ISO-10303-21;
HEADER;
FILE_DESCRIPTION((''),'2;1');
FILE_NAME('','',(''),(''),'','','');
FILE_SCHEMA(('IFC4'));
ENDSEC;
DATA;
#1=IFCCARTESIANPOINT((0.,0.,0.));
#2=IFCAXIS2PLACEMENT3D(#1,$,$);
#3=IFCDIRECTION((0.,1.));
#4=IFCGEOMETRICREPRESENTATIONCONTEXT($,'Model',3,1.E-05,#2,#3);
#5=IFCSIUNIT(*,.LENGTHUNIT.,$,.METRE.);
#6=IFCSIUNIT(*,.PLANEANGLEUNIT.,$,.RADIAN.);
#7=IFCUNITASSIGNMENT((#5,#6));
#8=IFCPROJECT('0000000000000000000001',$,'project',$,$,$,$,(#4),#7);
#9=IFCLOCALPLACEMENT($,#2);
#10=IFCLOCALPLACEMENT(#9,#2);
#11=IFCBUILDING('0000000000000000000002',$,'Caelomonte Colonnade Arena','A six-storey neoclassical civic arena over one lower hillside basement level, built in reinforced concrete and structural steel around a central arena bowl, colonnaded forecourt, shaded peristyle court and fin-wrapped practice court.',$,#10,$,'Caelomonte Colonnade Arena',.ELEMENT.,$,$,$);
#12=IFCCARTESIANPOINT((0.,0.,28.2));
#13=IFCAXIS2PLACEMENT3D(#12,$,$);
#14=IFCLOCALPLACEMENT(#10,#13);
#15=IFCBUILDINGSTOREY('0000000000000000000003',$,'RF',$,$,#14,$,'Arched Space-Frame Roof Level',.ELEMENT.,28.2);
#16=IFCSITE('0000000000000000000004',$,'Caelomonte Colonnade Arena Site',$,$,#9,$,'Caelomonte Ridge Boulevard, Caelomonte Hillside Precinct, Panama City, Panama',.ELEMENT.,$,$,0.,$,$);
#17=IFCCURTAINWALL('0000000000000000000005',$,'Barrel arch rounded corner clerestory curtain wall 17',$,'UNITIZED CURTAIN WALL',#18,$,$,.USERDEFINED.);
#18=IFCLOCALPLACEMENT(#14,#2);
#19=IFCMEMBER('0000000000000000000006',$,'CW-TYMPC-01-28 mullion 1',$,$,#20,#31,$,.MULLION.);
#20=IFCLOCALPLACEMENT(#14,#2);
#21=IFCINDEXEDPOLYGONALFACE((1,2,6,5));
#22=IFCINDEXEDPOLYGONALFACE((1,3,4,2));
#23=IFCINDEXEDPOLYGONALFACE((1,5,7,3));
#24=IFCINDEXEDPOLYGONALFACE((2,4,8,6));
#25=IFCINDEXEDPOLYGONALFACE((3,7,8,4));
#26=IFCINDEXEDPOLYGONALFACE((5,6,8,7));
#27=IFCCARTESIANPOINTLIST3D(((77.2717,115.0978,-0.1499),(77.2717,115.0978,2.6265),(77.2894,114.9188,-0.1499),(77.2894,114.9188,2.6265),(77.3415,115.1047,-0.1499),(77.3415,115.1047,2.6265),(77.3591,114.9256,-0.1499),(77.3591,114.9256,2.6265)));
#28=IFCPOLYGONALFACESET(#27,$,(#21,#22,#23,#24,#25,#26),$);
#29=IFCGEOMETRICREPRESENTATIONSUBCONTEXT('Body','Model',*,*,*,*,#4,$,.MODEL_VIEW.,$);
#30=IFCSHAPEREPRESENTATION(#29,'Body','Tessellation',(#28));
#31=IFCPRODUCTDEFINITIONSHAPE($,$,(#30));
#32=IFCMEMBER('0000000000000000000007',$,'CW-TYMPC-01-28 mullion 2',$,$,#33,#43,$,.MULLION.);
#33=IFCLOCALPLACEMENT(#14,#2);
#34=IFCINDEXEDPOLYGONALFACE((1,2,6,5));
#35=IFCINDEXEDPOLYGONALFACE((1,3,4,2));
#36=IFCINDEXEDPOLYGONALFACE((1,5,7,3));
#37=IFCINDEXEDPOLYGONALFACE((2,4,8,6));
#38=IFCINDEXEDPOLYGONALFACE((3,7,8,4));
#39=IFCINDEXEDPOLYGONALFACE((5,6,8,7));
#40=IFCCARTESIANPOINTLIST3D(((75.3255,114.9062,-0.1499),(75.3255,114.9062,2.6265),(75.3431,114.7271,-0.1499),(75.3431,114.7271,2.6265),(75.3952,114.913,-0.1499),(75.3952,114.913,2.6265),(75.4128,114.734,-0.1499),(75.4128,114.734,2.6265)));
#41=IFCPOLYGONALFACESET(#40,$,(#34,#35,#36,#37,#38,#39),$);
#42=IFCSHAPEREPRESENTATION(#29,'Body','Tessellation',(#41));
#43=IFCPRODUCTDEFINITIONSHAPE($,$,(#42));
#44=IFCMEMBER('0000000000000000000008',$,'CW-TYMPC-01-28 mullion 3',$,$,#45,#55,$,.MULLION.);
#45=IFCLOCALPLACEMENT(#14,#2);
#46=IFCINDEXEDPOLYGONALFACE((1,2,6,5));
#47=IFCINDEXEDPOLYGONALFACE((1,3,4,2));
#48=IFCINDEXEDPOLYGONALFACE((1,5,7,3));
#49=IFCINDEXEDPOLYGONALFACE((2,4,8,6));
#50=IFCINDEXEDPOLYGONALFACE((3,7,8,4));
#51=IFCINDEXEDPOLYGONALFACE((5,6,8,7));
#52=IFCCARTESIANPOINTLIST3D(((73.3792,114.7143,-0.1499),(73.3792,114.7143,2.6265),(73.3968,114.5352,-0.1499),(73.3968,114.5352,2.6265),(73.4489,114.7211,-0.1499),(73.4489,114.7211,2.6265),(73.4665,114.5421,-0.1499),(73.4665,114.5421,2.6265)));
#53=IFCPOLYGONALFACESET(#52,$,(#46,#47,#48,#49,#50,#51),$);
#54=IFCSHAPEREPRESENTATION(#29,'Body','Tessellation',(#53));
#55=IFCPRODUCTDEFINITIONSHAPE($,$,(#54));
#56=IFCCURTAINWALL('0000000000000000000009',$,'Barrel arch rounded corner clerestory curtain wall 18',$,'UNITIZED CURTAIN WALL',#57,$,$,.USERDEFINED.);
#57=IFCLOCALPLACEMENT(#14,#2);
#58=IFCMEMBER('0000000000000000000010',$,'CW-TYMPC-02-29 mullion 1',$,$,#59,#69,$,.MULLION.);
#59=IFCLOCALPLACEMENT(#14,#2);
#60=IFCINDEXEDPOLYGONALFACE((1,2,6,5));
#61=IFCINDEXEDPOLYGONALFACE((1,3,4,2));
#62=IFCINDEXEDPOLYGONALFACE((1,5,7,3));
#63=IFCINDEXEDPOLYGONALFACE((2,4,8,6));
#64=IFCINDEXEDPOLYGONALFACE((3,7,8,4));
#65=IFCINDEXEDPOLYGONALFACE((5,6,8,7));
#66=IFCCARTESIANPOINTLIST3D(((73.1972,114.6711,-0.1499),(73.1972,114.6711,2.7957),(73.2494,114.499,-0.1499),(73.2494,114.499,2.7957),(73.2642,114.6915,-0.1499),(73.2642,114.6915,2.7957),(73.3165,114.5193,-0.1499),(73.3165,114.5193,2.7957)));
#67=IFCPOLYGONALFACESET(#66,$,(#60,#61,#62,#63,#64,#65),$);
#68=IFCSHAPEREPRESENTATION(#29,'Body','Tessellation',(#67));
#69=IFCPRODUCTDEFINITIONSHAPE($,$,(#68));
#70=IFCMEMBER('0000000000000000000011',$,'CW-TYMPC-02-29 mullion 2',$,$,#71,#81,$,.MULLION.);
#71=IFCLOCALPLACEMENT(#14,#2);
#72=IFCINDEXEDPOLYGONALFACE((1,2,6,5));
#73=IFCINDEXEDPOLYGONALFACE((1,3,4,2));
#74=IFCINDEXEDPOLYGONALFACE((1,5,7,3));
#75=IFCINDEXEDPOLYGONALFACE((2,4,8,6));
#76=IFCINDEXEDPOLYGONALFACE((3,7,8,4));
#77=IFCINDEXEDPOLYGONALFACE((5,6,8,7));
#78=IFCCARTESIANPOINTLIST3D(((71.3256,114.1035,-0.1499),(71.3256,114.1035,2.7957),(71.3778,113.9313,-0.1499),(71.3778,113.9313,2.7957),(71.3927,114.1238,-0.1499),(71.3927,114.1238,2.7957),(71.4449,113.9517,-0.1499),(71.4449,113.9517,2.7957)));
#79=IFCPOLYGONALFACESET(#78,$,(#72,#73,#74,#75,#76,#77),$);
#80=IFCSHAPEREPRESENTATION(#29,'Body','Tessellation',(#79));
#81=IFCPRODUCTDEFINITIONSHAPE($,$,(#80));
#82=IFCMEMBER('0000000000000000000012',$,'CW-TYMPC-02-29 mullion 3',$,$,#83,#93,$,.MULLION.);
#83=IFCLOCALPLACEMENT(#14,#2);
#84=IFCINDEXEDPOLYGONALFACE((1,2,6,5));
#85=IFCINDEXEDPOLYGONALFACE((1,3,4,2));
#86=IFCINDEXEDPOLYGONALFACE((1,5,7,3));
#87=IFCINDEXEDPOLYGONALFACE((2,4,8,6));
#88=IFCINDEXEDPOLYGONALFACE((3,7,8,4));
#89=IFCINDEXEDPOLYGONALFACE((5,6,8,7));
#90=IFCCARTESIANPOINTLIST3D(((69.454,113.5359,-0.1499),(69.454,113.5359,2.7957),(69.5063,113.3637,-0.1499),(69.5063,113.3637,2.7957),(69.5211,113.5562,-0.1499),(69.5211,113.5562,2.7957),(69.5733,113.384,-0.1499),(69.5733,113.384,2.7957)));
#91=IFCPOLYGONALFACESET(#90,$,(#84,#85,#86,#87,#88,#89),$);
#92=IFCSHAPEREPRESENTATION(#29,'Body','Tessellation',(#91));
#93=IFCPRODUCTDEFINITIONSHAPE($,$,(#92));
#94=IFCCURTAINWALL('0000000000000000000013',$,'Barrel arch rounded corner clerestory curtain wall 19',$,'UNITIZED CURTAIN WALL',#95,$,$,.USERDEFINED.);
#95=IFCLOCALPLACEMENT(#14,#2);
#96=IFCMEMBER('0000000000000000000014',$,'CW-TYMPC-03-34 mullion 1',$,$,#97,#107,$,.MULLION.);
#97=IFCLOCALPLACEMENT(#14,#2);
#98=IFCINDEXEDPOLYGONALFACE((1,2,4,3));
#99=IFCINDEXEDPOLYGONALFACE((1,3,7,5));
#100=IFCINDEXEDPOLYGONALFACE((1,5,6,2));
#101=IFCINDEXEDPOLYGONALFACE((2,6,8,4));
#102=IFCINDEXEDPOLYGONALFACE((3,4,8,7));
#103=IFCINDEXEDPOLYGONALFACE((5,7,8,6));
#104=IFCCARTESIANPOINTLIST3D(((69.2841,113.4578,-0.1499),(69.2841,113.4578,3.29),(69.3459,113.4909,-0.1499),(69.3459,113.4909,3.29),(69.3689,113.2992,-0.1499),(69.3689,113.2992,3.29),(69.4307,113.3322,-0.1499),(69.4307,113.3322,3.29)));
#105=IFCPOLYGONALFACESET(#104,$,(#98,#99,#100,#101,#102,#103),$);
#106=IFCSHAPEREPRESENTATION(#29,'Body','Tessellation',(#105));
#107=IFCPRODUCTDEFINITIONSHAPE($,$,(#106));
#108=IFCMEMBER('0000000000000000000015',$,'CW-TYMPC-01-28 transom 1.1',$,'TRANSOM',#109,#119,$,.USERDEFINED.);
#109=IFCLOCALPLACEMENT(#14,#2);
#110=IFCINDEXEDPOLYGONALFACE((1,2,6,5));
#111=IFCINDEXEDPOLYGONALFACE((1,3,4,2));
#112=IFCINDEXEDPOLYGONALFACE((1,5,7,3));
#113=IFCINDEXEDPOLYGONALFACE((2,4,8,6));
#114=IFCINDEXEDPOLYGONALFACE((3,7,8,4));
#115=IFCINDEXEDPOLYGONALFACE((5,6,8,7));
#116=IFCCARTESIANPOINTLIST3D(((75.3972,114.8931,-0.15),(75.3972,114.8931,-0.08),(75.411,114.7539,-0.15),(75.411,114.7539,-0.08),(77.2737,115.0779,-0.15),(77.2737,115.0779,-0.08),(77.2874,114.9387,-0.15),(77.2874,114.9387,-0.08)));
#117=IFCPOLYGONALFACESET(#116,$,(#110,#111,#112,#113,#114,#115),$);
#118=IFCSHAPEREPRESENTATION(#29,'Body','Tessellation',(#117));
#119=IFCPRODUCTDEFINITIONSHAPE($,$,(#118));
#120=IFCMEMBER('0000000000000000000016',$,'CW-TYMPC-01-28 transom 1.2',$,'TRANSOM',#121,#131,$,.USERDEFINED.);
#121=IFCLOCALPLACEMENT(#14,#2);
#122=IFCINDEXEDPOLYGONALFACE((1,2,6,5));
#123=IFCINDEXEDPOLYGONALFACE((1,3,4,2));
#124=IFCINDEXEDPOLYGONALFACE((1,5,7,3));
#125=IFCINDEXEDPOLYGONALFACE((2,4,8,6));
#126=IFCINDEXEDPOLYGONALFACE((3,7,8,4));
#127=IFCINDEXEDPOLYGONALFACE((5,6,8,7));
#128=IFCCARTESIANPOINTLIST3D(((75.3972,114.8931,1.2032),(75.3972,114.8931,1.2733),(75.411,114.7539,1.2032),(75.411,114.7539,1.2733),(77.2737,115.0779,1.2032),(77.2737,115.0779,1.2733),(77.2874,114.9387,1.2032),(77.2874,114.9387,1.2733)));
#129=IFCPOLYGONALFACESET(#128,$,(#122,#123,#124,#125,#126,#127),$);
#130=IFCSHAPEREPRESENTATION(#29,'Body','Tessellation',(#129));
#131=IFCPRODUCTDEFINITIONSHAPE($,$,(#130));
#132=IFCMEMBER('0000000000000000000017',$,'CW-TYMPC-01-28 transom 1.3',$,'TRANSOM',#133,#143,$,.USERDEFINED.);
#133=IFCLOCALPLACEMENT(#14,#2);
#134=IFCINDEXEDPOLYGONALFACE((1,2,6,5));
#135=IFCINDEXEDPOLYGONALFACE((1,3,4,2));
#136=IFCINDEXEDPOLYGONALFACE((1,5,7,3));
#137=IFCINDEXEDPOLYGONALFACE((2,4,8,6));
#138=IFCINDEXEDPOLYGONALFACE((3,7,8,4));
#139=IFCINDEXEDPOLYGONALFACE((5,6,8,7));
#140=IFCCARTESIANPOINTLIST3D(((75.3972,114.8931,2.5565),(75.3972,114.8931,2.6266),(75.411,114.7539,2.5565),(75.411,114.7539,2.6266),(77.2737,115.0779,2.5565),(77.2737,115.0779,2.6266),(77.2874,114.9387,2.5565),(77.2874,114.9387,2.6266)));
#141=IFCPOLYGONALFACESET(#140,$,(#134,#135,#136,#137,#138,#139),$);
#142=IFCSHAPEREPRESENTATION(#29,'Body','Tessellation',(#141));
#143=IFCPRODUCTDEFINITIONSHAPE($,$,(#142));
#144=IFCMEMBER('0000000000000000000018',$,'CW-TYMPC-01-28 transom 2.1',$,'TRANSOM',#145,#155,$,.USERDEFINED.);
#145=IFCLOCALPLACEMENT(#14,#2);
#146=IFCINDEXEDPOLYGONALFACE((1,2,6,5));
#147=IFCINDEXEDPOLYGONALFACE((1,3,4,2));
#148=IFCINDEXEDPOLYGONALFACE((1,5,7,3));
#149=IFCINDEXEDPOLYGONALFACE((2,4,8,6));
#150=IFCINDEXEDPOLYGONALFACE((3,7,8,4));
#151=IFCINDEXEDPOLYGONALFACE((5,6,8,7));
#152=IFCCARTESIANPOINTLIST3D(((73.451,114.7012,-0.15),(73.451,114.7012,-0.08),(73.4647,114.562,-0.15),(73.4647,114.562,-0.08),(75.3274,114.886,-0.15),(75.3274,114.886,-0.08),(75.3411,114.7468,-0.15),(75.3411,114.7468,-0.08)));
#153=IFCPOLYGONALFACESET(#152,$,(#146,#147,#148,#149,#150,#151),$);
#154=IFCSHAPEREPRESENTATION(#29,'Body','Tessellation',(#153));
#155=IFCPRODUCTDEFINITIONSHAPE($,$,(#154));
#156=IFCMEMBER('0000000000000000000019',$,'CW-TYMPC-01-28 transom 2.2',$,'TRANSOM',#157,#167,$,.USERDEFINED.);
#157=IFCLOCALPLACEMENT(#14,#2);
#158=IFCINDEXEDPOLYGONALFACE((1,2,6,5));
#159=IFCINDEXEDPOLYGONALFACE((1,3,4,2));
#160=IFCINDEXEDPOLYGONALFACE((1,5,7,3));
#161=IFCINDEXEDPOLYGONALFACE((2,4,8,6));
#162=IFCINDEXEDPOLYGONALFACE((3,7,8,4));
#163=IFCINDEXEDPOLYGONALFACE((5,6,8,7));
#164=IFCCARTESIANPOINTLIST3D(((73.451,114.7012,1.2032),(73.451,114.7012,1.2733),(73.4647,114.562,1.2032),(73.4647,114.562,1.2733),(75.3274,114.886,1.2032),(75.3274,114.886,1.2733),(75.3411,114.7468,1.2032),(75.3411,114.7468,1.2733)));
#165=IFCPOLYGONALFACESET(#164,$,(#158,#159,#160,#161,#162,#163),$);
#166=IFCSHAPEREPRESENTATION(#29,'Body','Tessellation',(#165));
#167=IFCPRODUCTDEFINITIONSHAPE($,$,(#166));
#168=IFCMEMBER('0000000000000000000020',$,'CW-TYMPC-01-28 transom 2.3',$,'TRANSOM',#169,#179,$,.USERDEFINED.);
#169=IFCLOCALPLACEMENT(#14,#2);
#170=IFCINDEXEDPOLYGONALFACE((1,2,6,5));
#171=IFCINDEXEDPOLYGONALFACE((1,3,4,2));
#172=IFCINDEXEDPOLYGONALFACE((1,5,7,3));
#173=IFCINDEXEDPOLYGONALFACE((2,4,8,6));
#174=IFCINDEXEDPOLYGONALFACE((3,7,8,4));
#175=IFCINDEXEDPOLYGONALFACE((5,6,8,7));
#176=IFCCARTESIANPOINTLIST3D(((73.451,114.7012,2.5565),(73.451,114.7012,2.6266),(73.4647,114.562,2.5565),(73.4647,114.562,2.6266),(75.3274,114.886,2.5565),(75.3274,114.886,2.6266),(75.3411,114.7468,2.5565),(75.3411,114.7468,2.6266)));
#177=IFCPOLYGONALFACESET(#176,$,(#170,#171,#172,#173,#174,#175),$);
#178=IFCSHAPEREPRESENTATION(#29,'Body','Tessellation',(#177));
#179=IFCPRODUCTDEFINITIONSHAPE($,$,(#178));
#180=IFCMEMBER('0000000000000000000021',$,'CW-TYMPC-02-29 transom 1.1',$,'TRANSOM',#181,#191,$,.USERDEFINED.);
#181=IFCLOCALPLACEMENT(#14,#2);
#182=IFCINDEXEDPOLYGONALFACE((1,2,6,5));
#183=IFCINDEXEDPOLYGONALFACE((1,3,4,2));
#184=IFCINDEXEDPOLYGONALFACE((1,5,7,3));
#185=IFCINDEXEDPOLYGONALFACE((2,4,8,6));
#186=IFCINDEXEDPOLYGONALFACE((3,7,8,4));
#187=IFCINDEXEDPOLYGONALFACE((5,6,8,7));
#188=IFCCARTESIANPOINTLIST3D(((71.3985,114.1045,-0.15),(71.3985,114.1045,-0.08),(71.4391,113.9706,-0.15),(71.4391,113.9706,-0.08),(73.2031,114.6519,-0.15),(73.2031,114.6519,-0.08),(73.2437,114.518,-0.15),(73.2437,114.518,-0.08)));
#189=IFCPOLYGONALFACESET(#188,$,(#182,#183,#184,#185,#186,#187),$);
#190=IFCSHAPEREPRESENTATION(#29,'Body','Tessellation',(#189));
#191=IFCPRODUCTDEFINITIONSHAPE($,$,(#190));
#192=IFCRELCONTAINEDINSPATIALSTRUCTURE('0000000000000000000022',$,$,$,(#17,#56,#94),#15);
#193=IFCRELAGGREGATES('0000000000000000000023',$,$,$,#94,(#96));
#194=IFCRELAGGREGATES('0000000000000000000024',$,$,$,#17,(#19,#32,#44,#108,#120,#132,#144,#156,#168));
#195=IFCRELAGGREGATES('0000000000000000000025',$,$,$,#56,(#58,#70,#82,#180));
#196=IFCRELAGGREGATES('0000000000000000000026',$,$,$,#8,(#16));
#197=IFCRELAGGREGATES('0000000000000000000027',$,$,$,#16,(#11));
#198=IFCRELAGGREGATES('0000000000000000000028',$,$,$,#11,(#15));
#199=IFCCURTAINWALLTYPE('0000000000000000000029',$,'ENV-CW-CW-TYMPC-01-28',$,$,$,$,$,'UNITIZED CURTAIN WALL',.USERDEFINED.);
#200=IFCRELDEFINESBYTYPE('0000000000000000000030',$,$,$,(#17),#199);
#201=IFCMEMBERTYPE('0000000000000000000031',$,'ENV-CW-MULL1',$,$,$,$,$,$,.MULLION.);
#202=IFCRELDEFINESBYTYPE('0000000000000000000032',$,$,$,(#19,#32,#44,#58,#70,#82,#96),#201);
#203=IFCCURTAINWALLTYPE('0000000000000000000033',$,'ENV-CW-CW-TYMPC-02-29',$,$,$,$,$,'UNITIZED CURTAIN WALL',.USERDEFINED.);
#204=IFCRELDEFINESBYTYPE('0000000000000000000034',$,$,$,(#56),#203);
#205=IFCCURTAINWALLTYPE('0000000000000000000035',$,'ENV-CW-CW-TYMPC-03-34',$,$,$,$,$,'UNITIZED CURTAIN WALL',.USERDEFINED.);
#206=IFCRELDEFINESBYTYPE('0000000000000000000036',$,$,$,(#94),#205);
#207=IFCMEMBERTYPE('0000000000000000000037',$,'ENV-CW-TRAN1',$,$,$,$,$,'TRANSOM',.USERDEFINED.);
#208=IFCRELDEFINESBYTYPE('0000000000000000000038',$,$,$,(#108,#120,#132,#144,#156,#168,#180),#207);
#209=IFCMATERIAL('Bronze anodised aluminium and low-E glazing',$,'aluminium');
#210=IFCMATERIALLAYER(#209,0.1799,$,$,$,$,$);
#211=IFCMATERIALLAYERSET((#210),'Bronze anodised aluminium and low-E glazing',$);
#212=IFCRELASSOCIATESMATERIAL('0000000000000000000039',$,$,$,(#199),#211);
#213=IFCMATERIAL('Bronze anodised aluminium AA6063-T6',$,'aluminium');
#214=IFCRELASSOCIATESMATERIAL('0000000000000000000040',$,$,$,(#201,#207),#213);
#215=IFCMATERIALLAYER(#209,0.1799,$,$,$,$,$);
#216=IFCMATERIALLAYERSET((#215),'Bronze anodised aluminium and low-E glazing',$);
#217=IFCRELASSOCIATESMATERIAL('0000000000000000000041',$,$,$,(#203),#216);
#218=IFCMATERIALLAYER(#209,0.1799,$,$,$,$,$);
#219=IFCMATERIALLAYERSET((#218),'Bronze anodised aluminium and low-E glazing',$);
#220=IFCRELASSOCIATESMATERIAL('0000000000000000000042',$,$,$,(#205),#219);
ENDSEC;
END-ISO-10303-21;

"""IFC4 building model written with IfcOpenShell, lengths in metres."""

from ifc_helpers import new_model, si_unit, direction, frame, origin, origin_2d, place, context, subcontext, project, spatial, rectangle, extrude, material, layer, layer_set, material_profile, profile_set, type_object, element, aggregate, save


model = new_model("IFC4")

# Units and contexts
model_context = context("Model", 3, precision=1e-05, world=origin(), true_north=direction((0.0, 1.0)))
body_context = subcontext(model_context, "Body", "Model", "MODEL_VIEW")
ifc_project = project(units=[si_unit("LENGTHUNIT", "METRE"), si_unit("PLANEANGLEUNIT", "RADIAN")], contexts=[model_context])

# Site, building, storey
site_placement = place(None, origin())
site = spatial("IfcSite", under=ifc_project, at=site_placement, Name="Caelomonte Colonnade Arena Site", LongName="Caelomonte Ridge Boulevard, Caelomonte Hillside Precinct, Panama City, Panama", CompositionType="ELEMENT", RefElevation=0.0)
building_placement = place(site_placement, origin())
building = spatial("IfcBuilding", under=site, at=building_placement, Name="Caelomonte Colonnade Arena", Description="A six-storey neoclassical civic arena over one lower hillside basement level, built in reinforced concrete and structural steel around a central arena bowl, colonnaded forecourt, shaded peristyle court and fin-wrapped practice court.", LongName="Caelomonte Colonnade Arena", CompositionType="ELEMENT")
storey_placement = place(building_placement, frame((0.0, 0.0, 28.2)))
storey = spatial("IfcBuildingStorey", under=building, at=storey_placement, Name="RF", LongName="Arched Space-Frame Roof Level", CompositionType="ELEMENT", Elevation=28.2)

# Curtain walls, members
ifc_material_1 = material(Name="Bronze anodised aluminium and low-E glazing", Category="aluminium")
ifc_layer_1 = layer(ifc_material_1, 0.1799)
ifc_layer_set_1 = layer_set([ifc_layer_1], Name="Bronze anodised aluminium and low-E glazing")
curtain_wall_type_1 = type_object("IfcCurtainWallType", Name="ENV-CW-CW-TYMPC-01-28", ElementType="UNITIZED CURTAIN WALL", PredefinedType="USERDEFINED", material=ifc_layer_set_1)
curtain_wall_1_placement = place(storey_placement, origin())
curtain_wall_1 = element("IfcCurtainWall", 1, at=curtain_wall_1_placement, inside=storey, type_object=curtain_wall_type_1, Name="Barrel arch rounded corner clerestory curtain wall 17", ObjectType="UNITIZED CURTAIN WALL", PredefinedType="USERDEFINED")
ifc_material_2 = material(Name="Bronze anodised aluminium AA6063-T6", Category="aluminium")
ifc_material_profile_1 = material_profile(ifc_material_2, rectangle(XDim=0.0701, YDim=0.1799, at=origin_2d()), Name="CWM-70X180")
ifc_profile_set_1 = profile_set([ifc_material_profile_1], Name="Bronze anodised aluminium AA6063-T6")
member_type_1 = type_object("IfcMemberType", Name="ENV-CW-MULL1", PredefinedType="MULLION", material=ifc_profile_set_1)
member_1_placement = place(storey_placement, frame((77.3154, 115.0117, -0.1499), z_axis=(0.0, 0.0, 1.0), x_axis=(-0.995183, -0.098031, 0.0)))
member_1 = element("IfcMember", 2, at=member_1_placement, type_object=member_type_1, Name="CW-TYMPC-01-28 mullion 1", PredefinedType="MULLION", context=body_context, shape_type="SweptSolid", body=[
    extrude(rectangle(XDim=0.0701, YDim=0.1799, at=origin_2d()), origin(), (0.0, 0.0, 1.0), 2.7764),
])
member_2_placement = place(storey_placement, frame((75.3691, 114.8201, -0.1499), z_axis=(0.0, 0.0, 1.0), x_axis=(-0.995183, -0.098031, 0.0)))
member_2 = element("IfcMember", 3, at=member_2_placement, type_object=member_type_1, Name="CW-TYMPC-01-28 mullion 2", PredefinedType="MULLION", context=body_context, shape_type="SweptSolid", body=[
    extrude(rectangle(XDim=0.0701, YDim=0.1799, at=origin_2d()), origin(), (0.0, 0.0, 1.0), 2.7764),
])
member_3_placement = place(storey_placement, frame((73.4229, 114.6282, -0.1499), z_axis=(0.0, 0.0, 1.0), x_axis=(-0.995183, -0.098031, 0.0)))
member_3 = element("IfcMember", 4, at=member_3_placement, type_object=member_type_1, Name="CW-TYMPC-01-28 mullion 3", PredefinedType="MULLION", context=body_context, shape_type="SweptSolid", body=[
    extrude(rectangle(XDim=0.0701, YDim=0.1799, at=origin_2d()), origin(), (0.0, 0.0, 1.0), 2.7764),
])
ifc_layer_2 = layer(ifc_material_1, 0.1799)
ifc_layer_set_2 = layer_set([ifc_layer_2], Name="Bronze anodised aluminium and low-E glazing")
curtain_wall_type_2 = type_object("IfcCurtainWallType", Name="ENV-CW-CW-TYMPC-02-29", ElementType="UNITIZED CURTAIN WALL", PredefinedType="USERDEFINED", material=ifc_layer_set_2)
curtain_wall_2_placement = place(storey_placement, origin())
curtain_wall_2 = element("IfcCurtainWall", 5, at=curtain_wall_2_placement, inside=storey, type_object=curtain_wall_type_2, Name="Barrel arch rounded corner clerestory curtain wall 18", ObjectType="UNITIZED CURTAIN WALL", PredefinedType="USERDEFINED")
member_4_placement = place(storey_placement, frame((73.2568, 114.5952, -0.1499), z_axis=(0.0, 0.0, 1.0), x_axis=(-0.956946, -0.290266, 0.0)))
member_4 = element("IfcMember", 6, at=member_4_placement, type_object=member_type_1, Name="CW-TYMPC-02-29 mullion 1", PredefinedType="MULLION", context=body_context, shape_type="SweptSolid", body=[
    extrude(rectangle(XDim=0.0701, YDim=0.1799, at=origin_2d()), origin(), (0.0, 0.0, 1.0), 2.9456),
])
member_5_placement = place(storey_placement, frame((71.3853, 114.0276, -0.1499), z_axis=(0.0, 0.0, 1.0), x_axis=(-0.956946, -0.290266, 0.0)))
member_5 = element("IfcMember", 7, at=member_5_placement, type_object=member_type_1, Name="CW-TYMPC-02-29 mullion 2", PredefinedType="MULLION", context=body_context, shape_type="SweptSolid", body=[
    extrude(rectangle(XDim=0.0701, YDim=0.1799, at=origin_2d()), origin(), (0.0, 0.0, 1.0), 2.9456),
])
member_6_placement = place(storey_placement, frame((69.5137, 113.46, -0.1499), z_axis=(0.0, 0.0, 1.0), x_axis=(-0.956946, -0.290266, 0.0)))
member_6 = element("IfcMember", 8, at=member_6_placement, type_object=member_type_1, Name="CW-TYMPC-02-29 mullion 3", PredefinedType="MULLION", context=body_context, shape_type="SweptSolid", body=[
    extrude(rectangle(XDim=0.0701, YDim=0.1799, at=origin_2d()), origin(), (0.0, 0.0, 1.0), 2.9456),
])

# Curtain wall, member
ifc_layer_3 = layer(ifc_material_1, 0.1799)
ifc_layer_set_3 = layer_set([ifc_layer_3], Name="Bronze anodised aluminium and low-E glazing")
curtain_wall_type_3 = type_object("IfcCurtainWallType", Name="ENV-CW-CW-TYMPC-03-34", ElementType="UNITIZED CURTAIN WALL", PredefinedType="USERDEFINED", material=ifc_layer_set_3)
curtain_wall_3_placement = place(storey_placement, origin())
curtain_wall_3 = element("IfcCurtainWall", 9, at=curtain_wall_3_placement, inside=storey, type_object=curtain_wall_type_3, Name="Barrel arch rounded corner clerestory curtain wall 19", ObjectType="UNITIZED CURTAIN WALL", PredefinedType="USERDEFINED")
member_7_placement = place(storey_placement, frame((69.3574, 113.395, -0.1499), z_axis=(0.0, 0.0, 1.0), x_axis=(-0.881924, -0.471391, 0.0)))
member_7 = element("IfcMember", 10, at=member_7_placement, type_object=member_type_1, Name="CW-TYMPC-03-34 mullion 1", PredefinedType="MULLION", context=body_context, shape_type="SweptSolid", body=[
    extrude(rectangle(XDim=0.0701, YDim=0.1799, at=origin_2d()), origin(), (0.0, 0.0, 1.0), 3.4399),
])

# Members
ifc_material_profile_2 = material_profile(ifc_material_2, rectangle(XDim=0.0701, YDim=0.1399, at=origin_2d()), Name="CWT-70X140")
ifc_profile_set_2 = profile_set([ifc_material_profile_2], Name="Bronze anodised aluminium AA6063-T6")
member_type_2 = type_object("IfcMemberType", Name="ENV-CW-TRAN1", ElementType="TRANSOM", PredefinedType="USERDEFINED", material=ifc_profile_set_2)
member_8_placement = place(storey_placement, frame((77.2805, 115.0083, -0.115), z_axis=(-0.995185, -0.098017, 0.0), x_axis=(0.0, 0.0, 1.0)))
member_8 = element("IfcMember", 11, at=member_8_placement, type_object=member_type_2, Name="CW-TYMPC-01-28 transom 1.1", ObjectType="TRANSOM", PredefinedType="USERDEFINED", context=body_context, shape_type="SweptSolid", body=[
    extrude(rectangle(XDim=0.0701, YDim=0.1399, at=origin_2d()), origin(), (0.0, 0.0, 1.0), 1.8855),
])
member_9_placement = place(storey_placement, frame((77.2805, 115.0083, 1.2383), z_axis=(-0.995185, -0.098017, 0.0), x_axis=(0.0, 0.0, 1.0)))
member_9 = element("IfcMember", 12, at=member_9_placement, type_object=member_type_2, Name="CW-TYMPC-01-28 transom 1.2", ObjectType="TRANSOM", PredefinedType="USERDEFINED", context=body_context, shape_type="SweptSolid", body=[
    extrude(rectangle(XDim=0.0701, YDim=0.1399, at=origin_2d()), origin(), (0.0, 0.0, 1.0), 1.8855),
])
member_10_placement = place(storey_placement, frame((77.2805, 115.0083, 2.5916), z_axis=(-0.995185, -0.098017, 0.0), x_axis=(0.0, 0.0, 1.0)))
member_10 = element("IfcMember", 13, at=member_10_placement, type_object=member_type_2, Name="CW-TYMPC-01-28 transom 1.3", ObjectType="TRANSOM", PredefinedType="USERDEFINED", context=body_context, shape_type="SweptSolid", body=[
    extrude(rectangle(XDim=0.0701, YDim=0.1399, at=origin_2d()), origin(), (0.0, 0.0, 1.0), 1.8855),
])
member_11_placement = place(storey_placement, frame((75.3342, 114.8164, -0.115), z_axis=(-0.995185, -0.098017, 0.0), x_axis=(0.0, 0.0, 1.0)))
member_11 = element("IfcMember", 14, at=member_11_placement, type_object=member_type_2, Name="CW-TYMPC-01-28 transom 2.1", ObjectType="TRANSOM", PredefinedType="USERDEFINED", context=body_context, shape_type="SweptSolid", body=[
    extrude(rectangle(XDim=0.0701, YDim=0.1399, at=origin_2d()), origin(), (0.0, 0.0, 1.0), 1.8855),
])
member_12_placement = place(storey_placement, frame((75.3342, 114.8164, 1.2383), z_axis=(-0.995185, -0.098017, 0.0), x_axis=(0.0, 0.0, 1.0)))
member_12 = element("IfcMember", 15, at=member_12_placement, type_object=member_type_2, Name="CW-TYMPC-01-28 transom 2.2", ObjectType="TRANSOM", PredefinedType="USERDEFINED", context=body_context, shape_type="SweptSolid", body=[
    extrude(rectangle(XDim=0.0701, YDim=0.1399, at=origin_2d()), origin(), (0.0, 0.0, 1.0), 1.8855),
])
member_13_placement = place(storey_placement, frame((75.3342, 114.8164, 2.5916), z_axis=(-0.995185, -0.098017, 0.0), x_axis=(0.0, 0.0, 1.0)))
member_13 = element("IfcMember", 16, at=member_13_placement, type_object=member_type_2, Name="CW-TYMPC-01-28 transom 2.3", ObjectType="TRANSOM", PredefinedType="USERDEFINED", context=body_context, shape_type="SweptSolid", body=[
    extrude(rectangle(XDim=0.0701, YDim=0.1399, at=origin_2d()), origin(), (0.0, 0.0, 1.0), 1.8855),
])
member_14_placement = place(storey_placement, frame((73.2234, 114.585, -0.115), z_axis=(-0.956942, -0.29028, 0.0), x_axis=(0.0, 0.0, 1.0)))
member_14 = element("IfcMember", 17, at=member_14_placement, type_object=member_type_2, Name="CW-TYMPC-02-29 transom 1.1", ObjectType="TRANSOM", PredefinedType="USERDEFINED", context=body_context, shape_type="SweptSolid", body=[
    extrude(rectangle(XDim=0.0701, YDim=0.1399, at=origin_2d()), origin(), (0.0, 0.0, 1.0), 1.8857),
])
aggregate(curtain_wall_3, [member_7])

aggregate(curtain_wall_1, [member_1, member_2, member_3, member_8, member_9, member_10, member_11, member_12, member_13])
aggregate(curtain_wall_2, [member_4, member_5, member_6, member_14])

save(model, "model.ifc")
